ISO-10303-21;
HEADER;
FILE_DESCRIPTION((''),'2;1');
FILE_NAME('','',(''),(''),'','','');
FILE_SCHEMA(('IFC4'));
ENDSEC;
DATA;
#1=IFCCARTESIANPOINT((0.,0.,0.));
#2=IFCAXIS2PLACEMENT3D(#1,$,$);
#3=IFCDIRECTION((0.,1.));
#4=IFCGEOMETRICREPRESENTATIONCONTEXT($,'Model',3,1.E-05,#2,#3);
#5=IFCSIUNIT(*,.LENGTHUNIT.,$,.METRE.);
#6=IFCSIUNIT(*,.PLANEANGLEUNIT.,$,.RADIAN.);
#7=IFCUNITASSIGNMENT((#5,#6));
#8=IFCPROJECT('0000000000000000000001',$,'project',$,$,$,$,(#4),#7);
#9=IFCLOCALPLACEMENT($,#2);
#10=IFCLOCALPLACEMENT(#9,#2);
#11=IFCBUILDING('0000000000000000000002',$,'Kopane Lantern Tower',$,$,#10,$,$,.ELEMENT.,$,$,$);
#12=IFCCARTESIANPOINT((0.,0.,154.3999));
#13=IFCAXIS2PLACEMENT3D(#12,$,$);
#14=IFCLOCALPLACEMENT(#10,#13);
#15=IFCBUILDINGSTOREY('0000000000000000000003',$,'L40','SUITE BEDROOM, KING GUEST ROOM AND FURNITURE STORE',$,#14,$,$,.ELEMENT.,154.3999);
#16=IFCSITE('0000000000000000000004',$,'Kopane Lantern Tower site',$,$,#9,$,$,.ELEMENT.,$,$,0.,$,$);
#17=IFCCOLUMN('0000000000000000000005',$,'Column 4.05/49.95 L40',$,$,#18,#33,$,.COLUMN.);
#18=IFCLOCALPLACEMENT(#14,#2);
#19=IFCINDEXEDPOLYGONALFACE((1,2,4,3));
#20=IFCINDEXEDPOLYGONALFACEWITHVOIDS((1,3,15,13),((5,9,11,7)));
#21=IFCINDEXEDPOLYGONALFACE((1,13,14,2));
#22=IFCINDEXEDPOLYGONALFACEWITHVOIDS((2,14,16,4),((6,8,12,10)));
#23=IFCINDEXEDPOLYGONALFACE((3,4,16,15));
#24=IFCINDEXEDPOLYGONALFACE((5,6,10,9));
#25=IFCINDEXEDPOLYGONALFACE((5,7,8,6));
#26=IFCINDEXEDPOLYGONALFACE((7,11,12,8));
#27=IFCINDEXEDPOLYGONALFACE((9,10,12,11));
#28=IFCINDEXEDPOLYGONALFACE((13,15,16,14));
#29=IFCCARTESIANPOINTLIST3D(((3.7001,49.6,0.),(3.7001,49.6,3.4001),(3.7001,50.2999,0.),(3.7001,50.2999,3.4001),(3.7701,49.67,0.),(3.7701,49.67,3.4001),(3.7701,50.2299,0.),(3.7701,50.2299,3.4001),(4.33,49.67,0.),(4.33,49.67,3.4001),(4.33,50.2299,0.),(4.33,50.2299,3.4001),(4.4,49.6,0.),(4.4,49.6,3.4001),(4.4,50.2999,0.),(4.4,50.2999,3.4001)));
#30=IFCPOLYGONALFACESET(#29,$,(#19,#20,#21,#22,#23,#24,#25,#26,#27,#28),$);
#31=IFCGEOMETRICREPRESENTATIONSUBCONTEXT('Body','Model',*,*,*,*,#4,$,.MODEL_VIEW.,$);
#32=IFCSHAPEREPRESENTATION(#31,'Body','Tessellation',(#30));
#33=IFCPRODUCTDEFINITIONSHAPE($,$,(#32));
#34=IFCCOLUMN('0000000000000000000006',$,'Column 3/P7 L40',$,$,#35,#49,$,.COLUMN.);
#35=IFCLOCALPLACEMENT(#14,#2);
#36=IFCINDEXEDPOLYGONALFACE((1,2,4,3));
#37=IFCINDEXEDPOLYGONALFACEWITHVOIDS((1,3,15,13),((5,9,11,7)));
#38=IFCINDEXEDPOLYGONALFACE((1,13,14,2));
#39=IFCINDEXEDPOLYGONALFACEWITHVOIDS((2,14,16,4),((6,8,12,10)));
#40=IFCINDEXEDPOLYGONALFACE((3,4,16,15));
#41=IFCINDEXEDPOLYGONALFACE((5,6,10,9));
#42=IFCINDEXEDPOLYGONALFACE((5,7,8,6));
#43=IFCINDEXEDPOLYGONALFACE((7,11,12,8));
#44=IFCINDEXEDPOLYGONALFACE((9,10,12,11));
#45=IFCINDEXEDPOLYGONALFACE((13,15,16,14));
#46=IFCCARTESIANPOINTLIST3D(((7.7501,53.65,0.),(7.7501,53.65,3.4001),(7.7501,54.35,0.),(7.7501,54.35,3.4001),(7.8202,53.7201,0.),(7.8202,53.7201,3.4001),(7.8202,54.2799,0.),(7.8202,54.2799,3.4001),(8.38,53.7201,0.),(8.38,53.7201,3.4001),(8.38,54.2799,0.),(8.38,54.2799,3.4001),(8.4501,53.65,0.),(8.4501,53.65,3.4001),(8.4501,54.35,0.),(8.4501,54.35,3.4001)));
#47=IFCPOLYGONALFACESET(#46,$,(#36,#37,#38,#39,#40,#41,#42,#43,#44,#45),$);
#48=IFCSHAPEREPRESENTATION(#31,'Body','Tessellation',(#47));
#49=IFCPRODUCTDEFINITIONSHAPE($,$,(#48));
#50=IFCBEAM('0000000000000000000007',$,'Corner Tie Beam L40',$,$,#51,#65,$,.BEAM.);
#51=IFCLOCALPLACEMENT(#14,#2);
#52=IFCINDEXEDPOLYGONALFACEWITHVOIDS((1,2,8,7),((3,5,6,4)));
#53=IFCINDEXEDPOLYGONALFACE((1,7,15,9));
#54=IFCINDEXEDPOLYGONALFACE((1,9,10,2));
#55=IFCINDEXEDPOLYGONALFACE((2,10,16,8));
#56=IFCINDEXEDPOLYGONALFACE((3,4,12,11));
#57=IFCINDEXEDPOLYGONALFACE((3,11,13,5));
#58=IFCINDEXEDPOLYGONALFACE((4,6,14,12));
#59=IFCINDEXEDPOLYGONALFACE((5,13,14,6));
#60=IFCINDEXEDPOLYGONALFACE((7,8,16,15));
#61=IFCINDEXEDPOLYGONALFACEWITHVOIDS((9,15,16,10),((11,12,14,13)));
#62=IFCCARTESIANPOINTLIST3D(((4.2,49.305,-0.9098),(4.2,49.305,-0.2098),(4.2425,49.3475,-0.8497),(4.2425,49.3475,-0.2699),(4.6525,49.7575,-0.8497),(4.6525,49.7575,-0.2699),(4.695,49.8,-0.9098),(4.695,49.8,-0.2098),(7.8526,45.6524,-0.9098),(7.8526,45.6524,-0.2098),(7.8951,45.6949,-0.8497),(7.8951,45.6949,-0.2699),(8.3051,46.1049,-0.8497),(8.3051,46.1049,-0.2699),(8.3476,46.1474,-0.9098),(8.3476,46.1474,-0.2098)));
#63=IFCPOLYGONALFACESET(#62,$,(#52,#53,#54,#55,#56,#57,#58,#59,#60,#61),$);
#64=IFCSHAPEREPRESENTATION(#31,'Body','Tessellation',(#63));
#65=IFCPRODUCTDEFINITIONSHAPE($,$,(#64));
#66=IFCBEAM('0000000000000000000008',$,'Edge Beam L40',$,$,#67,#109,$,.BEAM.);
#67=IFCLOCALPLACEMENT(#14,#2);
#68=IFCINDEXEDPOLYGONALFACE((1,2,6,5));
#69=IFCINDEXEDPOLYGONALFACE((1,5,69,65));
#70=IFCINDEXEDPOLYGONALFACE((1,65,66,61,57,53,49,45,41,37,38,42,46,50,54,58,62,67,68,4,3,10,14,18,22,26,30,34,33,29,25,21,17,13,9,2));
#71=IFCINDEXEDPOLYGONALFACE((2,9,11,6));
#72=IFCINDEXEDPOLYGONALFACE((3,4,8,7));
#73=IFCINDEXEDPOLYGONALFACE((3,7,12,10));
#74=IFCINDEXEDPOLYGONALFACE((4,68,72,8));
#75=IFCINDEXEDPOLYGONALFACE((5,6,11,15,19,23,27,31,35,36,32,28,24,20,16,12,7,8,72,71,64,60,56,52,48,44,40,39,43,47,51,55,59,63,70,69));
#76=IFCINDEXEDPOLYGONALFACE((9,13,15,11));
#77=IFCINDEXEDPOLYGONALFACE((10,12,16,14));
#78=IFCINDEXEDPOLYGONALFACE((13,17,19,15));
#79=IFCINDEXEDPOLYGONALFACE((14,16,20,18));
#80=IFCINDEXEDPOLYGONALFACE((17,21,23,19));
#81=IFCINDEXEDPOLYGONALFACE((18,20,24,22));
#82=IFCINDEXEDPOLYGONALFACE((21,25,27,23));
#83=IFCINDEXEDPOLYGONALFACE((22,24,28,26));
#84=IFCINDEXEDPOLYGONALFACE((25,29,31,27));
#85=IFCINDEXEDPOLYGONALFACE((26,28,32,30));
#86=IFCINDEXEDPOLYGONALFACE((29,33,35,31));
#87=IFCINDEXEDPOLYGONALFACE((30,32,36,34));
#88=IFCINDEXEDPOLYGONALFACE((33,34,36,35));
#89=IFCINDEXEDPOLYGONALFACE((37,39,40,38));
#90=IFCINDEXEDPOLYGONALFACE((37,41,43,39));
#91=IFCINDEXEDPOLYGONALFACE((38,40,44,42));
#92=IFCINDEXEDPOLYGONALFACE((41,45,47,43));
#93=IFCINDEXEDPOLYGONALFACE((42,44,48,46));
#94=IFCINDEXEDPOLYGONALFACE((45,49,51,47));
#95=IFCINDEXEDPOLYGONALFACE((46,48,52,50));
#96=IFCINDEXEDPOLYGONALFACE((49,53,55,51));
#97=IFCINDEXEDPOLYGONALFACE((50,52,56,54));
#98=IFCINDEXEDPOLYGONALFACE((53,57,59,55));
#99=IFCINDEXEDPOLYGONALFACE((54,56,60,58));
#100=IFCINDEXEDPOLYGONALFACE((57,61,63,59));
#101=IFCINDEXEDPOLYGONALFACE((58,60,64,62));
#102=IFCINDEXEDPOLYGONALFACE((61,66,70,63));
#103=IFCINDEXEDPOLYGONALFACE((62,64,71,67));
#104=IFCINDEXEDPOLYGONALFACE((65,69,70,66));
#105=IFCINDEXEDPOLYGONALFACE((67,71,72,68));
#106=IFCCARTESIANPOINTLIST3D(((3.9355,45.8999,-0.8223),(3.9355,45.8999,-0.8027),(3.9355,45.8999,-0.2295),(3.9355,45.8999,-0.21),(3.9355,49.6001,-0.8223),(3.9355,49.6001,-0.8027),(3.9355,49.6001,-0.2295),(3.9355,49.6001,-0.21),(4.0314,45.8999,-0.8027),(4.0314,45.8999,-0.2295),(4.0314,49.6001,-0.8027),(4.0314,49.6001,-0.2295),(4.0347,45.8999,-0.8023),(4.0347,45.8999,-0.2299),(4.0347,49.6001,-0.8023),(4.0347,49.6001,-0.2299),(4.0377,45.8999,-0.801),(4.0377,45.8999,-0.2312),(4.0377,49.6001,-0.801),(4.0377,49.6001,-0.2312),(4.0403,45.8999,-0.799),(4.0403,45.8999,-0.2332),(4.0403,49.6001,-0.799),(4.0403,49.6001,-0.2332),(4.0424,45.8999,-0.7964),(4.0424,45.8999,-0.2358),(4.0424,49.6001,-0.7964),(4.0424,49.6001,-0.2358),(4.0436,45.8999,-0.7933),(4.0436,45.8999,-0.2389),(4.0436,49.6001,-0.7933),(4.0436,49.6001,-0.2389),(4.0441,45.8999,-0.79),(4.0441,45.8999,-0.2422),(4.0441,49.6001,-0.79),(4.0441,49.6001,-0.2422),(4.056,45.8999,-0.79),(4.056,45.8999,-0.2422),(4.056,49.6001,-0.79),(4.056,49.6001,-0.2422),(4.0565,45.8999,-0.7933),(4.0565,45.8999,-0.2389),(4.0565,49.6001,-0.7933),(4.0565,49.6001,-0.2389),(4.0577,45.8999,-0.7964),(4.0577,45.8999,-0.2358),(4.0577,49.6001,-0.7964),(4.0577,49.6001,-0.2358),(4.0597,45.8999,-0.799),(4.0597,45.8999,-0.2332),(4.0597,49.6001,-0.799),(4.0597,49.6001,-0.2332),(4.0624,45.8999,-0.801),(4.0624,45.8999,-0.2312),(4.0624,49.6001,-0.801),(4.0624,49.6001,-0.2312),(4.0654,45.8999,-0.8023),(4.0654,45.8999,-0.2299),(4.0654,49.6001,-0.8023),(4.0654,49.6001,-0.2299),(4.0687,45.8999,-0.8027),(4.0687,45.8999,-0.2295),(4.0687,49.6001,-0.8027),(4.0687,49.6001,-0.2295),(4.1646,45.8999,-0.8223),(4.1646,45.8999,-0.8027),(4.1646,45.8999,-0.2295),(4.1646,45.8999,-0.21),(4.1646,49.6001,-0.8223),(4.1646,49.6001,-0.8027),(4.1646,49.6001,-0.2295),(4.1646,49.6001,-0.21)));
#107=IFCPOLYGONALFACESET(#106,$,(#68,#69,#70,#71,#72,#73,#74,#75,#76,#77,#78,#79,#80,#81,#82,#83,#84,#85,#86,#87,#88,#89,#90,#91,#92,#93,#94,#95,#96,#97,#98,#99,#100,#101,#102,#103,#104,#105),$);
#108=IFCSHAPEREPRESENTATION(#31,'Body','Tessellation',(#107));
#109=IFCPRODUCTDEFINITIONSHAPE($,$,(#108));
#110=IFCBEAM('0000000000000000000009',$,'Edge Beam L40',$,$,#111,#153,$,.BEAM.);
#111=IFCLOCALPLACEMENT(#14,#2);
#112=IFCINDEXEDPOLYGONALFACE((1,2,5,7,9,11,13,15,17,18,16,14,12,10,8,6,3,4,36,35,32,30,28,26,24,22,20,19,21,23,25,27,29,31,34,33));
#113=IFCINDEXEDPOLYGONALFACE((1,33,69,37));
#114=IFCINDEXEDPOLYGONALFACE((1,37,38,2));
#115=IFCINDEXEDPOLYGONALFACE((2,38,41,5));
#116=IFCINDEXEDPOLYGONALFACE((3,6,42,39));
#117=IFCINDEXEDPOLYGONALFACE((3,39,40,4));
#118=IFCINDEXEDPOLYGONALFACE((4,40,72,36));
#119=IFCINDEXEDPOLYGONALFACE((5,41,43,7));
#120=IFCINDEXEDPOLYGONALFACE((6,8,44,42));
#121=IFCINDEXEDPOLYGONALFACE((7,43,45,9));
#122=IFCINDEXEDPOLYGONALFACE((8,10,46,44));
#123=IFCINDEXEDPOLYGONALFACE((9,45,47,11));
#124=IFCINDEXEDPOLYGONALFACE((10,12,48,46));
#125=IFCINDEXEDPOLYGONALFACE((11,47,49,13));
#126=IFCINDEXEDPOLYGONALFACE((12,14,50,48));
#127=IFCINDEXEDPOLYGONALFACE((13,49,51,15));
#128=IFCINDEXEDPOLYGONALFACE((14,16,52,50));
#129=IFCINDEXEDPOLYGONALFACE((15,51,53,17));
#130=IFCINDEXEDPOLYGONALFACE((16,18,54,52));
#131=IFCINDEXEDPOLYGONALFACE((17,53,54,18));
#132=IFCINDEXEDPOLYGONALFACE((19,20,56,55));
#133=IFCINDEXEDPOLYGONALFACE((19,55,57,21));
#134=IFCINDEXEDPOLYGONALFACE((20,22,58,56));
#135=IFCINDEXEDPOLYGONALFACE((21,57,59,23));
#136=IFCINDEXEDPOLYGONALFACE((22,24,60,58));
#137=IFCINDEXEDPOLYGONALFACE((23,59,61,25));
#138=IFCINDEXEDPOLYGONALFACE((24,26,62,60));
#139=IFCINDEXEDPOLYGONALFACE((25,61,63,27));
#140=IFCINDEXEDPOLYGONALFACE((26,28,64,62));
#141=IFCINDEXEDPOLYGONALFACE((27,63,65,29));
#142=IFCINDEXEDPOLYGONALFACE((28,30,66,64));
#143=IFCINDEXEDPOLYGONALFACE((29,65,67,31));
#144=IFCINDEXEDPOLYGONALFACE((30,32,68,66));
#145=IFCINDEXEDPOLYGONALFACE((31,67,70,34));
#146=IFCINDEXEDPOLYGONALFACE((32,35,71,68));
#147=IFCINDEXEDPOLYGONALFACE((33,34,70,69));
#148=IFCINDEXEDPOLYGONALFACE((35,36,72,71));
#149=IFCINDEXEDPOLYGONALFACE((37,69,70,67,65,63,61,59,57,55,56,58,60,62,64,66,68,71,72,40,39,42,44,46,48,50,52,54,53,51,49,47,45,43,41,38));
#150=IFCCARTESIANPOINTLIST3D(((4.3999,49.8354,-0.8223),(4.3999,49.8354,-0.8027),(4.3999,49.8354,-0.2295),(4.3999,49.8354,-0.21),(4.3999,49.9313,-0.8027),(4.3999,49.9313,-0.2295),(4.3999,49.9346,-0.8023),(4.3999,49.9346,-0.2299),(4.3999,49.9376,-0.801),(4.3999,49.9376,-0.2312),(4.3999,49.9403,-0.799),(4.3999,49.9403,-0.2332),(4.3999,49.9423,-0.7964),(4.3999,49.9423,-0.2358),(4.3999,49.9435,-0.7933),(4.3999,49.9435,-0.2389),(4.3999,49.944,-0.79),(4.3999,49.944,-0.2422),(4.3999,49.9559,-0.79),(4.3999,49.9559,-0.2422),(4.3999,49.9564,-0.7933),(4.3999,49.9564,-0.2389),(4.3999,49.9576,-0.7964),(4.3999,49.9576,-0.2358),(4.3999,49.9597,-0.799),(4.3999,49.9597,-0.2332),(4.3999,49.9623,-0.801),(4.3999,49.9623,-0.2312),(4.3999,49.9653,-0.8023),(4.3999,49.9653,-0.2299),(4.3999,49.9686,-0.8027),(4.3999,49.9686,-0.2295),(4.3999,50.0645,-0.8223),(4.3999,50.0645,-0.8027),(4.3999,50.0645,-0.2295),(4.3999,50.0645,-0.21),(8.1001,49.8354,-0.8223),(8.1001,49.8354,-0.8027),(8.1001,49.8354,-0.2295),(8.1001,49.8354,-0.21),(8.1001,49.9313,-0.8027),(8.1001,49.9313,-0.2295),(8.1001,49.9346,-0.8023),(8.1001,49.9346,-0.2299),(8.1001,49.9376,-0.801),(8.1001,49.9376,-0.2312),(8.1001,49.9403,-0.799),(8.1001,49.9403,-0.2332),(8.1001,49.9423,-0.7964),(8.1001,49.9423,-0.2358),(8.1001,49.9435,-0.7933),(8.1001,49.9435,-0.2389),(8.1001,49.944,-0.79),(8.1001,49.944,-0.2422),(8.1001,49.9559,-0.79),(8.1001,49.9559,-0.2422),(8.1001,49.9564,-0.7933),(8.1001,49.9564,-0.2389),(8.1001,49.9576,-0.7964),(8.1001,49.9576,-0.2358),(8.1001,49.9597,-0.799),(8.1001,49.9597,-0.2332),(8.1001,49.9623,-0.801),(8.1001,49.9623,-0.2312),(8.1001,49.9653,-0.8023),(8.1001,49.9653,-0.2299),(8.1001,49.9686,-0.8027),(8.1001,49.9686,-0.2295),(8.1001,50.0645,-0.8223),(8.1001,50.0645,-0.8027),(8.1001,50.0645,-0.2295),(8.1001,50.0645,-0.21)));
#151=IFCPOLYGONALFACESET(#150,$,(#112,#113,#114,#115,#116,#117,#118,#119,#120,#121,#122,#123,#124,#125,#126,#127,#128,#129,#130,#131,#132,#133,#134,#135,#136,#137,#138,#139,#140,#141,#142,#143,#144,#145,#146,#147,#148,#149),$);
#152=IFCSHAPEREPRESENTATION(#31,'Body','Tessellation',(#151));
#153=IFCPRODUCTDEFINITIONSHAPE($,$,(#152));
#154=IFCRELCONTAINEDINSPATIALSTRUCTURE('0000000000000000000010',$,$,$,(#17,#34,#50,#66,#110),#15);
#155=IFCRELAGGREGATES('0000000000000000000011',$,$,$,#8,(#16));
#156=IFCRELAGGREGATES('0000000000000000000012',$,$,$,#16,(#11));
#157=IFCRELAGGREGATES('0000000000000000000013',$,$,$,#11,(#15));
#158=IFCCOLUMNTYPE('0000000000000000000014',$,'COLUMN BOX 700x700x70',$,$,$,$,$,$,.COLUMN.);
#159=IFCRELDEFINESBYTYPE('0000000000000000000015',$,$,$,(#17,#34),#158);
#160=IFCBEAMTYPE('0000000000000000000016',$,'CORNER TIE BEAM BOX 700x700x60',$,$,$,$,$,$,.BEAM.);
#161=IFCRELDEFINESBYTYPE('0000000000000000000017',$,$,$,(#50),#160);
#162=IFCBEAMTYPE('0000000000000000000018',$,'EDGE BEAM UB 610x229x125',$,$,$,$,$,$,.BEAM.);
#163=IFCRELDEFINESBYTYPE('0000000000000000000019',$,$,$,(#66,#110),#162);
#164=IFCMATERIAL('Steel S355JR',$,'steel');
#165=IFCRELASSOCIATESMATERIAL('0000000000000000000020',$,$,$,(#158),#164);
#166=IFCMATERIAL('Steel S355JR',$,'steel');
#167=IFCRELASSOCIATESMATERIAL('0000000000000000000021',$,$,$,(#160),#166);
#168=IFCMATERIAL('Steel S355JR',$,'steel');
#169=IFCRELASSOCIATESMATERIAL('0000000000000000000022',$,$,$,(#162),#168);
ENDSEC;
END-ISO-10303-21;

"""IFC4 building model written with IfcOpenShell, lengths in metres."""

from ifc_helpers import new_model, si_unit, direction, frame, origin, origin_2d, place, context, subcontext, project, spatial, hollow_rectangle, i_section, extrude, material, material_profile, profile_set, type_object, element, save


model = new_model("IFC4")

# Units and contexts
model_context = context("Model", 3, precision=1e-05, world=origin(), true_north=direction((0.0, 1.0)))
body_context = subcontext(model_context, "Body", "Model", "MODEL_VIEW")
ifc_project = project(units=[si_unit("LENGTHUNIT", "METRE"), si_unit("PLANEANGLEUNIT", "RADIAN")], contexts=[model_context])

# Site, building, storey
site_placement = place(None, origin())
site = spatial("IfcSite", under=ifc_project, at=site_placement, Name="Kopane Lantern Tower site", CompositionType="ELEMENT", RefElevation=0.0)
building_placement = place(site_placement, origin())
building = spatial("IfcBuilding", under=site, at=building_placement, Name="Kopane Lantern Tower", CompositionType="ELEMENT")
storey_placement = place(building_placement, frame((0.0, 0.0, 154.3999)))
storey = spatial("IfcBuildingStorey", under=building, at=storey_placement, Name="L40", Description="SUITE BEDROOM, KING GUEST ROOM AND FURNITURE STORE", CompositionType="ELEMENT", Elevation=154.3999)

# Columns
ifc_material_1 = material(Name="Steel S355JR", Category="steel")
ifc_material_profile_1 = material_profile(ifc_material_1, hollow_rectangle(XDim=0.7, YDim=0.7, WallThickness=0.0701, at=origin_2d()), Name="BOX 700x700x70")
ifc_profile_set_1 = profile_set([ifc_material_profile_1], Name="Steel S355JR")
column_type = type_object("IfcColumnType", Name="COLUMN BOX 700x700x70", PredefinedType="COLUMN", material=ifc_profile_set_1)
for number, where, z_axis, x_axis, name in (
    (1, (4.05, 49.95, 0.0), (0.0, 0.0, 1.0), (1.0, 0.0, 0.0), "Column 4.05/49.95 L40"),
    (2, (8.1001, 54.0, 0.0), (0.0, 0.0, 1.0), (1.0, 0.0, 0.0), "Column 3/P7 L40"),
):
    element("IfcColumn", number, at=place(storey_placement, frame(where, z_axis=z_axis, x_axis=x_axis)), inside=storey, type_object=column_type, Name=name, PredefinedType="COLUMN", context=body_context, shape_type="SweptSolid", body=[
        extrude(hollow_rectangle(XDim=0.7, YDim=0.7, WallThickness=0.0701, at=origin_2d()), origin(), (0.0, 0.0, 1.0), 3.4001),
    ])

# Beams
ifc_material_2 = material(Name="Steel S355JR", Category="steel")
ifc_material_profile_2 = material_profile(ifc_material_2, hollow_rectangle(XDim=0.7, YDim=0.7, WallThickness=0.0601, at=origin_2d()), Name="BOX 700x700x60")
ifc_profile_set_2 = profile_set([ifc_material_profile_2], Name="Steel S355JR")
beam_type_1 = type_object("IfcBeamType", Name="CORNER TIE BEAM BOX 700x700x60", PredefinedType="BEAM", material=ifc_profile_set_2)
beam_placement = place(storey_placement, frame((4.4475, 49.5525, -0.5598), z_axis=(0.707107, -0.707107, 0.0), x_axis=(0.707107, 0.707107, 0.0)))
element("IfcBeam", 3, at=beam_placement, inside=storey, type_object=beam_type_1, Name="Corner Tie Beam L40", PredefinedType="BEAM", context=body_context, shape_type="SweptSolid", body=[
    extrude(hollow_rectangle(XDim=0.7, YDim=0.7, WallThickness=0.0601, at=origin_2d()), origin(), (0.0, 0.0, 1.0), 5.1655),
])
ifc_material_3 = material(Name="Steel S355JR", Category="steel")
ifc_material_profile_3 = material_profile(ifc_material_3, i_section(OverallWidth=0.229, OverallDepth=0.6123, WebThickness=0.012, FlangeThickness=0.0195, FilletRadius=0.0127, at=origin_2d()), Name="UB 610x229x125")
ifc_profile_set_3 = profile_set([ifc_material_profile_3], Name="Steel S355JR")
beam_type_2 = type_object("IfcBeamType", Name="EDGE BEAM UB 610x229x125", PredefinedType="BEAM", material=ifc_profile_set_3)
for number, where, z_axis, x_axis, name in (
    (4, (4.05, 49.6001, -0.5161), (0.0, -1.0, 0.0), (1.0, 0.0, 0.0), "Edge Beam L40"),
    (5, (4.3999, 49.95, -0.5161), (1.0, 0.0, 0.0), (0.0, 1.0, 0.0), "Edge Beam L40"),
):
    element("IfcBeam", number, at=place(storey_placement, frame(where, z_axis=z_axis, x_axis=x_axis)), inside=storey, type_object=beam_type_2, Name=name, PredefinedType="BEAM", context=body_context, shape_type="SweptSolid", body=[
        extrude(i_section(OverallWidth=0.229, OverallDepth=0.6123, WebThickness=0.012, FlangeThickness=0.0195, FilletRadius=0.0127, at=origin_2d()), origin(), (0.0, 0.0, 1.0), 3.7002),
    ])

save(model, "model.ifc")
